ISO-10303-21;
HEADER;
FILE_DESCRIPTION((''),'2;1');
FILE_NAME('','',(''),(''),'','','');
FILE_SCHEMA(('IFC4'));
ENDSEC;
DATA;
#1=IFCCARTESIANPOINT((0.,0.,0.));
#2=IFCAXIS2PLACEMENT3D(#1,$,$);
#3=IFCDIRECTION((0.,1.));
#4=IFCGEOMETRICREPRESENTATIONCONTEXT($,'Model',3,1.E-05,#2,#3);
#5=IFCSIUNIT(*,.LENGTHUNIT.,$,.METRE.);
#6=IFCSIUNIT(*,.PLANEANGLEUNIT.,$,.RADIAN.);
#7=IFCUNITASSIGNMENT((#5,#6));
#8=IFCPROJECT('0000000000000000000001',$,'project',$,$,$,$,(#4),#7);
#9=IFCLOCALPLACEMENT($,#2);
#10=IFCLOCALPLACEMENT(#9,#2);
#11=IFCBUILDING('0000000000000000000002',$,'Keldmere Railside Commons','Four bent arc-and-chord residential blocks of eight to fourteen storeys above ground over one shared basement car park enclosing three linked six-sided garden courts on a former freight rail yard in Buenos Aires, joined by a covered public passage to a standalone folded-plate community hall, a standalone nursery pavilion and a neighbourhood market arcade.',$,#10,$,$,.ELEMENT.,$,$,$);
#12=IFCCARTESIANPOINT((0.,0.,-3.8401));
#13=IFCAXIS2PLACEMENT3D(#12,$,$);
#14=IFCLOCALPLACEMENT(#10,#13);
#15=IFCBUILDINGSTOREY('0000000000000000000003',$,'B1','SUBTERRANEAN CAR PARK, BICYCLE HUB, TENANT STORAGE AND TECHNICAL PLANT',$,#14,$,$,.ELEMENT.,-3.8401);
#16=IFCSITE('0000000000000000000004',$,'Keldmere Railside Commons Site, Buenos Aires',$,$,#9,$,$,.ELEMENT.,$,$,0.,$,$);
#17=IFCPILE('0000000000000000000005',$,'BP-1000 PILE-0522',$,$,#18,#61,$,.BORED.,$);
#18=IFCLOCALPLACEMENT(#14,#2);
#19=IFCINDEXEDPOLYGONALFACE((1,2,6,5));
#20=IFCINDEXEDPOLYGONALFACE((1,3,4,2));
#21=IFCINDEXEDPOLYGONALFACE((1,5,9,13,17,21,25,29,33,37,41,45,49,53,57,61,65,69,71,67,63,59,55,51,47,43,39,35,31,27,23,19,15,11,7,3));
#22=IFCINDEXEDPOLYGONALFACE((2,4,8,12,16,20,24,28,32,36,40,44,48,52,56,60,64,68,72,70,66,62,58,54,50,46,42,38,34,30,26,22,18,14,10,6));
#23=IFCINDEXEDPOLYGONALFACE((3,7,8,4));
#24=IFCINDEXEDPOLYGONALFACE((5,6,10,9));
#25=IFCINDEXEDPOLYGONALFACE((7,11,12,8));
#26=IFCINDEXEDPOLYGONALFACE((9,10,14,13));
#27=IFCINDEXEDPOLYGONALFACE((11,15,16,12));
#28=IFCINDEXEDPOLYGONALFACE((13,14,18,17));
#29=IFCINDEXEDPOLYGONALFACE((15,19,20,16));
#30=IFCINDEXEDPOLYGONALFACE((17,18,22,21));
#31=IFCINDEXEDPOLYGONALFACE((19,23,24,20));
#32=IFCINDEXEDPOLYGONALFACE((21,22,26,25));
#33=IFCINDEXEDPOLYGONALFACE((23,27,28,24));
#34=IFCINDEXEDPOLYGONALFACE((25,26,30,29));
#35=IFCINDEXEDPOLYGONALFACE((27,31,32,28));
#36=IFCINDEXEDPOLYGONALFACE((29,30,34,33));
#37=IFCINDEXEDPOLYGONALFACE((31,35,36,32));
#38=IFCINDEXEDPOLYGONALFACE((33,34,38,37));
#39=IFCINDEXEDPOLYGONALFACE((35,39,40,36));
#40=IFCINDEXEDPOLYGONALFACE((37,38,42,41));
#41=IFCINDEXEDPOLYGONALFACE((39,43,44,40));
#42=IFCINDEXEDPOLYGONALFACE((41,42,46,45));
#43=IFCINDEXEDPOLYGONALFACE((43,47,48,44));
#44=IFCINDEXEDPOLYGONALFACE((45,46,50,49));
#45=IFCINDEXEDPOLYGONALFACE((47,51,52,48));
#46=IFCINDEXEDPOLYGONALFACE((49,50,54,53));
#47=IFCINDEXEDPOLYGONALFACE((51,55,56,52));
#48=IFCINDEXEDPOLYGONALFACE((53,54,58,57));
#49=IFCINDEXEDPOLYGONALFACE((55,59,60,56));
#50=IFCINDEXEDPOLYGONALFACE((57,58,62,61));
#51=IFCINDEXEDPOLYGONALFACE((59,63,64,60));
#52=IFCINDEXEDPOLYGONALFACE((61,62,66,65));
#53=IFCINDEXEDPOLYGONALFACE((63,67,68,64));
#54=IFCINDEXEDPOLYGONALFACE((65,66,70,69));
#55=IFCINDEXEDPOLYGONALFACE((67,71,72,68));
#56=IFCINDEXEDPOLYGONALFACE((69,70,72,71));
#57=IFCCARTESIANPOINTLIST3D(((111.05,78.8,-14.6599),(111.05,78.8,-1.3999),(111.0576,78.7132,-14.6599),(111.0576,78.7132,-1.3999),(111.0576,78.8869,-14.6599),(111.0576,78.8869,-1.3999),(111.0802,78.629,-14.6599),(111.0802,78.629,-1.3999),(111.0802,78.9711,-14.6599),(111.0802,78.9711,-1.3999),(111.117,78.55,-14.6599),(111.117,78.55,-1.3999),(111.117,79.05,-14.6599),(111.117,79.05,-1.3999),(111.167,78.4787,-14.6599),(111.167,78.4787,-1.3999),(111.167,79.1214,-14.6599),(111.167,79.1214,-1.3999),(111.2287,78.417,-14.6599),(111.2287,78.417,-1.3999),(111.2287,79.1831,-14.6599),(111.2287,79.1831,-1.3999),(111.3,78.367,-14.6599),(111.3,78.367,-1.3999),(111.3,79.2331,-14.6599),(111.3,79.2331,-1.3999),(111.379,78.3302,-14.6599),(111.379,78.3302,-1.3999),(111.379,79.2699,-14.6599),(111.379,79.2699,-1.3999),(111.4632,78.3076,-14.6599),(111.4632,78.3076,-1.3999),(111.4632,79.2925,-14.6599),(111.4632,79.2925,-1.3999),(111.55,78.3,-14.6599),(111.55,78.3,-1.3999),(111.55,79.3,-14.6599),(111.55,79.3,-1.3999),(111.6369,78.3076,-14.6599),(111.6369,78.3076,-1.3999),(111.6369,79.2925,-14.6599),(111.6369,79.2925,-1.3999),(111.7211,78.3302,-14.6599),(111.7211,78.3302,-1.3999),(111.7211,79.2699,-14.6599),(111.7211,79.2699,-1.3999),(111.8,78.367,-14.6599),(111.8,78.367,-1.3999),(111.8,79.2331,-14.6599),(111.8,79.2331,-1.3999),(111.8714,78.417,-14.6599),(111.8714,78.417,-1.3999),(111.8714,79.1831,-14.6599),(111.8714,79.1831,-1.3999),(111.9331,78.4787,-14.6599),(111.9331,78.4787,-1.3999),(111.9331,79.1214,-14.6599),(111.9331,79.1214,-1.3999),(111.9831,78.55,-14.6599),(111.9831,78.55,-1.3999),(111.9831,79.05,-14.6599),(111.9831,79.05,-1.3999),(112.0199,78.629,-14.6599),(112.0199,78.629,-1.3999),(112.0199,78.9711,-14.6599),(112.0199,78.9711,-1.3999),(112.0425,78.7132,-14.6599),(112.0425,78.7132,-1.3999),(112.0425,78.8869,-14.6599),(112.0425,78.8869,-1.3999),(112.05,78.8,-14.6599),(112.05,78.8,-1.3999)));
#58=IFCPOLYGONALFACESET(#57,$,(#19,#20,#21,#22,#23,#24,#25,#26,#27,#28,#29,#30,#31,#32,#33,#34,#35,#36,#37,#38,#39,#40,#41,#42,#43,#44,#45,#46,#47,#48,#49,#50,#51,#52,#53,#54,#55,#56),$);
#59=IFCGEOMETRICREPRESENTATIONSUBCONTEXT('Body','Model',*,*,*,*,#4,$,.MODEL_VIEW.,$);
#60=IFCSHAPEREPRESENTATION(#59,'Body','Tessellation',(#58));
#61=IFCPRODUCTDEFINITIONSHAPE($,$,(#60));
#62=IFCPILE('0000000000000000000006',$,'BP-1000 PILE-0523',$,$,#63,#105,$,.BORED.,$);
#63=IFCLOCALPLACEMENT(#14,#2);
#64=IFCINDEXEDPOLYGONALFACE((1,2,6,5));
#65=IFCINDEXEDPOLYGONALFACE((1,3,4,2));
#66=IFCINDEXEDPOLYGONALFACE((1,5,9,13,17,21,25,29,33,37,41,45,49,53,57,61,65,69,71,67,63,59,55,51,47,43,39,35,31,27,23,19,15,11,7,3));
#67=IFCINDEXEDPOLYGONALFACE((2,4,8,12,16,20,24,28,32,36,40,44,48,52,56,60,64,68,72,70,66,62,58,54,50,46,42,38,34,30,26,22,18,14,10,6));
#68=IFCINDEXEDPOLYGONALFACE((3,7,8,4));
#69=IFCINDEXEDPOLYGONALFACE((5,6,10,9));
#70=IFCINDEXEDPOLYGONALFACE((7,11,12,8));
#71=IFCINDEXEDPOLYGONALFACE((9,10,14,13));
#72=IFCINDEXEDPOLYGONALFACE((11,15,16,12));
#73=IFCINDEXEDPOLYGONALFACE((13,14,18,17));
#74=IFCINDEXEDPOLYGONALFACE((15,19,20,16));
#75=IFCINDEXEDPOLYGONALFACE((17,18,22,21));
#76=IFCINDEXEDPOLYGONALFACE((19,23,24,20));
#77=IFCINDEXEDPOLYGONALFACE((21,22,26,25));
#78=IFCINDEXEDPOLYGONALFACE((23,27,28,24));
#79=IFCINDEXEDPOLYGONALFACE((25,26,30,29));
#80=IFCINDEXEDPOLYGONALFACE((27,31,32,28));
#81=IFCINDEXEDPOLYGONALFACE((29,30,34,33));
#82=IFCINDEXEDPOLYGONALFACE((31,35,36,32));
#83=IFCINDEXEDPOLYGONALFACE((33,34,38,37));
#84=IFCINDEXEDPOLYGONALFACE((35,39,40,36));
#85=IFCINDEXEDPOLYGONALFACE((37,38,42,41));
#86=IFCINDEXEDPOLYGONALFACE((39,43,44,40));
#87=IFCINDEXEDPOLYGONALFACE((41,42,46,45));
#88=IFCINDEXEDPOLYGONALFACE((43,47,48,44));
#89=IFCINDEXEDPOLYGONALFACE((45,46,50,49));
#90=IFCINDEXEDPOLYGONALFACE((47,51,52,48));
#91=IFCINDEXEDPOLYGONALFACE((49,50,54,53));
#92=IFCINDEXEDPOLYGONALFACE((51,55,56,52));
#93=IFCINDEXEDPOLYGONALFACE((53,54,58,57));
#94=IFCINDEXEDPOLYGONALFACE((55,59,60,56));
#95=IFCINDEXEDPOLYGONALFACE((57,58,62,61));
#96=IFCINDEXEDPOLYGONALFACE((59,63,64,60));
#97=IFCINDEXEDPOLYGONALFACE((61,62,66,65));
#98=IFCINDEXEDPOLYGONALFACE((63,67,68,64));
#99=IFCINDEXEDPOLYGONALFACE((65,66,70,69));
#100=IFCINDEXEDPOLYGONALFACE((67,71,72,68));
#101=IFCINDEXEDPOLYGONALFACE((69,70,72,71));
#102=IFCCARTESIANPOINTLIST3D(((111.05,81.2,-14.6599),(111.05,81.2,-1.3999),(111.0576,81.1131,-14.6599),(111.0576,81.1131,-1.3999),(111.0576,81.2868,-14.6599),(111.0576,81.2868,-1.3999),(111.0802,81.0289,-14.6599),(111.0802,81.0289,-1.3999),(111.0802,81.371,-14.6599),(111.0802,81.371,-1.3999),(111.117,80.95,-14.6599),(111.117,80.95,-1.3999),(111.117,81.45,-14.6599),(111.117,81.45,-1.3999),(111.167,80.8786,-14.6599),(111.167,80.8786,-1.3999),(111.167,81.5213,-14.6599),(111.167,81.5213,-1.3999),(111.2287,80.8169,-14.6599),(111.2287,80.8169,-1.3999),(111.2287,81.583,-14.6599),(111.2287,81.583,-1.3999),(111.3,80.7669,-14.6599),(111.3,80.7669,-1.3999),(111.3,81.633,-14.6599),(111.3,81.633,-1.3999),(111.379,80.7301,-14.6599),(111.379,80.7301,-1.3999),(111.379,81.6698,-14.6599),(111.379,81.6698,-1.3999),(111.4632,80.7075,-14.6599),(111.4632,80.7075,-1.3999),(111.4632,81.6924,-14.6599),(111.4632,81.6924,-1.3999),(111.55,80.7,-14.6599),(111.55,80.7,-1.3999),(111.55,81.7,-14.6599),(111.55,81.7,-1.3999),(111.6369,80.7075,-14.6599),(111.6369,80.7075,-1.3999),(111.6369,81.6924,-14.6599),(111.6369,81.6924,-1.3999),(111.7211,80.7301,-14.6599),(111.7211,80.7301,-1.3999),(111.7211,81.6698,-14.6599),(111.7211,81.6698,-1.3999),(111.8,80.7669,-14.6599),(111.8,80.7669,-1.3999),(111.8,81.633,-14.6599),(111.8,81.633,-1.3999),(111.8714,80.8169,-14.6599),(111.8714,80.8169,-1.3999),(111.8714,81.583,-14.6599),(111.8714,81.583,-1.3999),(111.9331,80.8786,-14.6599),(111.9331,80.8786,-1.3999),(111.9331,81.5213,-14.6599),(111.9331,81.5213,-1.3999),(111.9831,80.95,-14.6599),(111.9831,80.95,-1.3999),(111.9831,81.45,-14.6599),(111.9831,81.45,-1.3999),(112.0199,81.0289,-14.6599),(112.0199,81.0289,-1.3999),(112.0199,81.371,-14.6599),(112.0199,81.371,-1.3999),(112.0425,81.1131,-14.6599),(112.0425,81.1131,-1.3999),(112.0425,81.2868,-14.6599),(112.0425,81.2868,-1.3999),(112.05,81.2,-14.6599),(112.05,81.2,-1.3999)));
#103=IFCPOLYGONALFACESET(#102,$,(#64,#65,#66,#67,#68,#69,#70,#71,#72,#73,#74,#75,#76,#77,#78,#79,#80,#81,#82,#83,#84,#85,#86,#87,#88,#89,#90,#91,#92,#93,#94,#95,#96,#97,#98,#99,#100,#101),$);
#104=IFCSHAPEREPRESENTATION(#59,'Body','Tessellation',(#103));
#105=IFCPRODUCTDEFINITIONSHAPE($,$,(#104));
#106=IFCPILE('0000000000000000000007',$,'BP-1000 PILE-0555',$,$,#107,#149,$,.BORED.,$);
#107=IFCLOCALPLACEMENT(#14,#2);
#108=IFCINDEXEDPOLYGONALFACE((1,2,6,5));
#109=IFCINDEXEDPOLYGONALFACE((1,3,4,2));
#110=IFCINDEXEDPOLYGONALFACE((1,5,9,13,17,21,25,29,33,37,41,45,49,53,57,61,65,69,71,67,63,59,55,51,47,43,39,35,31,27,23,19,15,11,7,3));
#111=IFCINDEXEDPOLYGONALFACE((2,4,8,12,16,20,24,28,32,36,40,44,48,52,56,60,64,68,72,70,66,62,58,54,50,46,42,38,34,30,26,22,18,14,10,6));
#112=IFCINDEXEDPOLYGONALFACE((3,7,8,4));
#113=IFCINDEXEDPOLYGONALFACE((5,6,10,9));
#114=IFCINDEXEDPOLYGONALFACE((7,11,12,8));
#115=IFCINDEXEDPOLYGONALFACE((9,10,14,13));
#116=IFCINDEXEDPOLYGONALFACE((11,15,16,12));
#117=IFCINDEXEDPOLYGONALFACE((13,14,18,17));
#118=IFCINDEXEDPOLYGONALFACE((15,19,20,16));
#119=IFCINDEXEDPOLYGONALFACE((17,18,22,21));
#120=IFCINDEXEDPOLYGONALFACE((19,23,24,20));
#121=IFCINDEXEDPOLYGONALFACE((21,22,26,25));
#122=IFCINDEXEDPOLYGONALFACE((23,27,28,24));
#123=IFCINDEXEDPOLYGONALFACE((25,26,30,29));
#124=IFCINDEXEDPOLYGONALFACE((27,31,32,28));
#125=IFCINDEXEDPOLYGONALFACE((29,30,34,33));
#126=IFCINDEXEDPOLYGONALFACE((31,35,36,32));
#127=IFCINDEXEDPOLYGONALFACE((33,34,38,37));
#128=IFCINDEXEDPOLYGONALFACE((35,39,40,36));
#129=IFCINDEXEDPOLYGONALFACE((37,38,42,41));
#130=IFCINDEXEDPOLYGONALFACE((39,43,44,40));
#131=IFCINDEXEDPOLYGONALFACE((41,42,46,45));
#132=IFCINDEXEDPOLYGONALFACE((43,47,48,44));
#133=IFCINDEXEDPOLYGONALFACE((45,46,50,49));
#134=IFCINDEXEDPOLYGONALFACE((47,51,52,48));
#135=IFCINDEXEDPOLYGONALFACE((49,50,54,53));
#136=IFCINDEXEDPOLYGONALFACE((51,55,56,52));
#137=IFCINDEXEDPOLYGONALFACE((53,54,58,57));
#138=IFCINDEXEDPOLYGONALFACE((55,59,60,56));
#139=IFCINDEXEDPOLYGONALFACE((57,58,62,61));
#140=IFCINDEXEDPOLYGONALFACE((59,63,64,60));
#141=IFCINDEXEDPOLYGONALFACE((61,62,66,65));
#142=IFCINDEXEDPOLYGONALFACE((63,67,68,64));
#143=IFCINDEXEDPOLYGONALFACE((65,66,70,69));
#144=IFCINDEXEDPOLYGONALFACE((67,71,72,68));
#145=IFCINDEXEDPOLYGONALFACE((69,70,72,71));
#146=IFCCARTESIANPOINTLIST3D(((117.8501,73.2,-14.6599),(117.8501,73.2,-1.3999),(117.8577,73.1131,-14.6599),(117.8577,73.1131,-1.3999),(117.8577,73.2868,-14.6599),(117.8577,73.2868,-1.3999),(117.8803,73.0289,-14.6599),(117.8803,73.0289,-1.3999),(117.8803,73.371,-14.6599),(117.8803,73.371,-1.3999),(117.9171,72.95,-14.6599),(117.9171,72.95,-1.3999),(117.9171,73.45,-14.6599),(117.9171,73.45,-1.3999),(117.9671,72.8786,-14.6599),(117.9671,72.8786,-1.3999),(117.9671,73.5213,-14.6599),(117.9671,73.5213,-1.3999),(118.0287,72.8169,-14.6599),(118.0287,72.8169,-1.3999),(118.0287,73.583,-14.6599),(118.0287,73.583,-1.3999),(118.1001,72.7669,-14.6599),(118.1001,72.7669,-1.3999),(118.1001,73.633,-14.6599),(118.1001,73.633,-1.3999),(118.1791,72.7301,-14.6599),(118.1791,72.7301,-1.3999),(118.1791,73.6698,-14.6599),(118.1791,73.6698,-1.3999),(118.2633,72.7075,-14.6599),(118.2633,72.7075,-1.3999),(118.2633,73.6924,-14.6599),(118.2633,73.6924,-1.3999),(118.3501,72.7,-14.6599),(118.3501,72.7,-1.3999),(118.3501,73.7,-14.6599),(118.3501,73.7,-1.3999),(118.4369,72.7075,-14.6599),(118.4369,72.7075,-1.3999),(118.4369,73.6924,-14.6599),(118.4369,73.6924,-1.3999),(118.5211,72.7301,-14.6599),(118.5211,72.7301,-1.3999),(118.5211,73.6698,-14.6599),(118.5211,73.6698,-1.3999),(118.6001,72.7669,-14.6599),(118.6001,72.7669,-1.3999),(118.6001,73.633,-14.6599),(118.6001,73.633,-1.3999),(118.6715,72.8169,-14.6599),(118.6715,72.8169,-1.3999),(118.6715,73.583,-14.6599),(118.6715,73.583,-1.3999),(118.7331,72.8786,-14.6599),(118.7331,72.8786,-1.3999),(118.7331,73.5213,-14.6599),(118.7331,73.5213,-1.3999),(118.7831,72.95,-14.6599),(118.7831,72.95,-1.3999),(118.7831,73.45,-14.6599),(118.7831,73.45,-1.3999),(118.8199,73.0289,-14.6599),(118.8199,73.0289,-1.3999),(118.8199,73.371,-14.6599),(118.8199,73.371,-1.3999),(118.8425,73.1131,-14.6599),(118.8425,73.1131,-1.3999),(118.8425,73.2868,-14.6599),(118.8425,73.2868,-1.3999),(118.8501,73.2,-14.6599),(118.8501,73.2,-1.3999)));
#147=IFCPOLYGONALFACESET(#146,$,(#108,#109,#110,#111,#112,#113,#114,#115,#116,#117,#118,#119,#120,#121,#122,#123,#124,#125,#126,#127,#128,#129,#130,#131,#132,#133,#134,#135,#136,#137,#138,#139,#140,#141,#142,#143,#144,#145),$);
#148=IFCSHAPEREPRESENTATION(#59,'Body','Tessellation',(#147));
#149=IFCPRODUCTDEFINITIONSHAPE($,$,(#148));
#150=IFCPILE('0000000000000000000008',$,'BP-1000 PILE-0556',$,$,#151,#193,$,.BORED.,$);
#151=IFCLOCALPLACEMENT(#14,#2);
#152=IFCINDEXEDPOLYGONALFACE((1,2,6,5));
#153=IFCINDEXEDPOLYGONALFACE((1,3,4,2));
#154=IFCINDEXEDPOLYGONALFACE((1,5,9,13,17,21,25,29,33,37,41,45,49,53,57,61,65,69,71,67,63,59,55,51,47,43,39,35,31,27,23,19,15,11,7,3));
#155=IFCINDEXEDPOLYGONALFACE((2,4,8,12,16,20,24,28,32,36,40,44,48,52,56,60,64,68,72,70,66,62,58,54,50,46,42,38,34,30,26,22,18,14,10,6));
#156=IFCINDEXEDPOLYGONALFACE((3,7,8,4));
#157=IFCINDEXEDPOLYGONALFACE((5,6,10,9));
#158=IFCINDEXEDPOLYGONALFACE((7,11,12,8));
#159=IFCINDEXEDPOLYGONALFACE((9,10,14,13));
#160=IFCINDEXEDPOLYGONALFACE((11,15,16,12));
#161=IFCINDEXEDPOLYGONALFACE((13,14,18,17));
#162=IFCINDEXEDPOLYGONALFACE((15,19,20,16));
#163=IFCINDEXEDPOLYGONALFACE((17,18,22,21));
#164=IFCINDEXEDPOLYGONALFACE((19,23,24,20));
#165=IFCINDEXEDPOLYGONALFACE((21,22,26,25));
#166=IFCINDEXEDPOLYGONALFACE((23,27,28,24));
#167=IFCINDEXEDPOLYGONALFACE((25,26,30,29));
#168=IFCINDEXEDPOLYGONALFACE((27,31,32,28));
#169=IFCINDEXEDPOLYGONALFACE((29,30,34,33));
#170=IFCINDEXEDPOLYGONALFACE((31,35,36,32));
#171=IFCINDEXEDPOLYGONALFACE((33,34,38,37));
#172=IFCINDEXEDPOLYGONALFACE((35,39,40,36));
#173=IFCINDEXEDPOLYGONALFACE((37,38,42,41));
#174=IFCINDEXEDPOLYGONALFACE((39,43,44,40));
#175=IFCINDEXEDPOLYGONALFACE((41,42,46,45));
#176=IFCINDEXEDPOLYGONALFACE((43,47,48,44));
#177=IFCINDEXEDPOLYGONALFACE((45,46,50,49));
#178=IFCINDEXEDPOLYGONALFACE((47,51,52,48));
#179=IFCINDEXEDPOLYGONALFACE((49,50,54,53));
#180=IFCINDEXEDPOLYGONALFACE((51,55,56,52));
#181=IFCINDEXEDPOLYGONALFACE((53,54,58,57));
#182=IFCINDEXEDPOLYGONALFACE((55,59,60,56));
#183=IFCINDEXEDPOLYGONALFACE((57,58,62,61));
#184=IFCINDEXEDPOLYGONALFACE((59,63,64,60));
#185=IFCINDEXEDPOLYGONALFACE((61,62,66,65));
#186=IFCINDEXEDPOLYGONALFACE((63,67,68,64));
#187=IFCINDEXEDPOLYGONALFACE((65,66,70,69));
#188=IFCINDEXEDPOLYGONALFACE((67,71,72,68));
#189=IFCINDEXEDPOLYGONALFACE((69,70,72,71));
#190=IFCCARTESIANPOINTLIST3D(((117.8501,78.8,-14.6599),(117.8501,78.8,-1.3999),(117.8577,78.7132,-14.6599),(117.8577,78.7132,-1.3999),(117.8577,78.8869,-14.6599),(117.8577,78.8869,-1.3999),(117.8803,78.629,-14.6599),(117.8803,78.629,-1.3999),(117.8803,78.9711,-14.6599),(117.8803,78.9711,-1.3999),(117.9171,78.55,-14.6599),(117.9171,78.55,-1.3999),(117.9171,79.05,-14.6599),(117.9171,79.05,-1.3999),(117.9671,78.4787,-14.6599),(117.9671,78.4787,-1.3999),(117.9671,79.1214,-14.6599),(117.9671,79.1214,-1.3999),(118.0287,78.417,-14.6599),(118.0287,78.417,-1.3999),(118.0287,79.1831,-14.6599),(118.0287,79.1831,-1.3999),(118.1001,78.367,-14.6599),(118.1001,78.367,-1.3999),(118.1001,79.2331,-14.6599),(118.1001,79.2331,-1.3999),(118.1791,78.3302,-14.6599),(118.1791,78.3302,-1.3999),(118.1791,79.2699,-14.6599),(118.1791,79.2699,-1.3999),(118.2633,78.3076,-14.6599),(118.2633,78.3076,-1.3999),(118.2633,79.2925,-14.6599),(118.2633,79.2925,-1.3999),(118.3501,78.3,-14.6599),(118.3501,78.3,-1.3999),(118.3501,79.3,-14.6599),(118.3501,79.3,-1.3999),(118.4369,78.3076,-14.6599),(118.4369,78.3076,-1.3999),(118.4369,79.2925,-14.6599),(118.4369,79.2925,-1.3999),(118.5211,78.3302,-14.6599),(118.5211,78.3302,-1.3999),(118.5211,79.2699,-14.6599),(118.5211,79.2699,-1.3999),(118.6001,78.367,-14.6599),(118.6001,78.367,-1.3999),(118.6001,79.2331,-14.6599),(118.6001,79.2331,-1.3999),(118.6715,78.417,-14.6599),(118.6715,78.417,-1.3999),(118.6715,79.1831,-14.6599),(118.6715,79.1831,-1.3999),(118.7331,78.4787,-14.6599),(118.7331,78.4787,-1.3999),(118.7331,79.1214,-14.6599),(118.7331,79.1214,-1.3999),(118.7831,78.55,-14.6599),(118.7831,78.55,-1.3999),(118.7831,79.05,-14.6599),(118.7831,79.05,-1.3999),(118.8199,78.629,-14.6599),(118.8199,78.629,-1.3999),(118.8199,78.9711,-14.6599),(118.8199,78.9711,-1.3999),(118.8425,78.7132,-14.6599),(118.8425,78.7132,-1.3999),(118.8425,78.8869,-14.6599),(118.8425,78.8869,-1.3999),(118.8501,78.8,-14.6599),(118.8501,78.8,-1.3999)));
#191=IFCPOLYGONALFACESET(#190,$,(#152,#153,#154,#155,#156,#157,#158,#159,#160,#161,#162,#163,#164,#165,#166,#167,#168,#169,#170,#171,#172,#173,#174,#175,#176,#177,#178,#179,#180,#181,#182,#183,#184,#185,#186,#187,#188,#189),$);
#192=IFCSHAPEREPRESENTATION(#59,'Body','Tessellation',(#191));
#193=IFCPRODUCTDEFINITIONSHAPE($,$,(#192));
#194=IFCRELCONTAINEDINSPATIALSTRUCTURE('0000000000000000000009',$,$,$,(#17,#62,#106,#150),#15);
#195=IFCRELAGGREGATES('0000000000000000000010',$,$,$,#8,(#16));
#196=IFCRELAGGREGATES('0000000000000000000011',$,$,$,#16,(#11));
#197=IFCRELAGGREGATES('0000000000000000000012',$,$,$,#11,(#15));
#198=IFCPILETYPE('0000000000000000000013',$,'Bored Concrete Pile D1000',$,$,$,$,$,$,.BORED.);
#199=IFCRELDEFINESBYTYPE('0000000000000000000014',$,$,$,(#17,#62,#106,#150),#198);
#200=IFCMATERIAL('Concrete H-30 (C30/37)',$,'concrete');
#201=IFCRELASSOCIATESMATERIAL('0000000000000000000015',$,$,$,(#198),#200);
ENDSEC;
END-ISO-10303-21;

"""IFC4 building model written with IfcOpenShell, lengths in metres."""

from ifc_helpers import new_model, si_unit, direction, frame, origin, origin_2d, place, context, subcontext, project, spatial, circle, extrude, material, material_profile, profile_set, type_object, element, save


model = new_model("IFC4")

# Units and contexts
model_context = context("Model", 3, precision=1e-05, world=origin(), true_north=direction((0.0, 1.0)))
body_context = subcontext(model_context, "Body", "Model", "MODEL_VIEW")
ifc_project = project(units=[si_unit("LENGTHUNIT", "METRE"), si_unit("PLANEANGLEUNIT", "RADIAN")], contexts=[model_context])

# Site, building, storey
site_placement = place(None, origin())
site = spatial("IfcSite", under=ifc_project, at=site_placement, Name="Keldmere Railside Commons Site, Buenos Aires", CompositionType="ELEMENT", RefElevation=0.0)
building_placement = place(site_placement, origin())
building = spatial("IfcBuilding", under=site, at=building_placement, Name="Keldmere Railside Commons", Description="Four bent arc-and-chord residential blocks of eight to fourteen storeys above ground over one shared basement car park enclosing three linked six-sided garden courts on a former freight rail yard in Buenos Aires, joined by a covered public passage to a standalone folded-plate community hall, a standalone nursery pavilion and a neighbourhood market arcade.", CompositionType="ELEMENT")
storey_placement = place(building_placement, frame((0.0, 0.0, -3.8401)))
storey = spatial("IfcBuildingStorey", under=building, at=storey_placement, Name="B1", Description="SUBTERRANEAN CAR PARK, BICYCLE HUB, TENANT STORAGE AND TECHNICAL PLANT", CompositionType="ELEMENT", Elevation=-3.8401)

# Piles
ifc_material_1 = material(Name="Concrete H-30 (C30/37)", Category="concrete")
ifc_material_profile_1 = material_profile(ifc_material_1, circle(Radius=0.5, at=origin_2d()), Name="PILE-D1000")
ifc_profile_set_1 = profile_set([ifc_material_profile_1], Name="Concrete H-30 (C30/37)")
pile_type_1 = type_object("IfcPileType", Name="Bored Concrete Pile D1000", PredefinedType="BORED", material=ifc_profile_set_1)
for number, where, z_axis, x_axis, name in (
    (1, (111.55, 78.8, -1.3999), (0.0, 0.0, -1.0), (1.0, 0.0, 0.0), "BP-1000 PILE-0522"),
    (2, (111.55, 81.2, -1.3999), (0.0, 0.0, -1.0), (1.0, 0.0, 0.0), "BP-1000 PILE-0523"),
    (3, (118.3501, 73.2, -1.3999), (0.0, 0.0, -1.0), (1.0, 0.0, 0.0), "BP-1000 PILE-0555"),
    (4, (118.3501, 78.8, -1.3999), (0.0, 0.0, -1.0), (1.0, 0.0, 0.0), "BP-1000 PILE-0556"),
):
    element("IfcPile", number, at=place(storey_placement, frame(where, z_axis=z_axis, x_axis=x_axis)), inside=storey, type_object=pile_type_1, Name=name, PredefinedType="BORED", context=body_context, shape_type="SweptSolid", body=[
        extrude(circle(Radius=0.5, at=origin_2d()), origin(), (0.0, 0.0, 1.0), 13.26),
    ])

save(model, "model.ifc")
